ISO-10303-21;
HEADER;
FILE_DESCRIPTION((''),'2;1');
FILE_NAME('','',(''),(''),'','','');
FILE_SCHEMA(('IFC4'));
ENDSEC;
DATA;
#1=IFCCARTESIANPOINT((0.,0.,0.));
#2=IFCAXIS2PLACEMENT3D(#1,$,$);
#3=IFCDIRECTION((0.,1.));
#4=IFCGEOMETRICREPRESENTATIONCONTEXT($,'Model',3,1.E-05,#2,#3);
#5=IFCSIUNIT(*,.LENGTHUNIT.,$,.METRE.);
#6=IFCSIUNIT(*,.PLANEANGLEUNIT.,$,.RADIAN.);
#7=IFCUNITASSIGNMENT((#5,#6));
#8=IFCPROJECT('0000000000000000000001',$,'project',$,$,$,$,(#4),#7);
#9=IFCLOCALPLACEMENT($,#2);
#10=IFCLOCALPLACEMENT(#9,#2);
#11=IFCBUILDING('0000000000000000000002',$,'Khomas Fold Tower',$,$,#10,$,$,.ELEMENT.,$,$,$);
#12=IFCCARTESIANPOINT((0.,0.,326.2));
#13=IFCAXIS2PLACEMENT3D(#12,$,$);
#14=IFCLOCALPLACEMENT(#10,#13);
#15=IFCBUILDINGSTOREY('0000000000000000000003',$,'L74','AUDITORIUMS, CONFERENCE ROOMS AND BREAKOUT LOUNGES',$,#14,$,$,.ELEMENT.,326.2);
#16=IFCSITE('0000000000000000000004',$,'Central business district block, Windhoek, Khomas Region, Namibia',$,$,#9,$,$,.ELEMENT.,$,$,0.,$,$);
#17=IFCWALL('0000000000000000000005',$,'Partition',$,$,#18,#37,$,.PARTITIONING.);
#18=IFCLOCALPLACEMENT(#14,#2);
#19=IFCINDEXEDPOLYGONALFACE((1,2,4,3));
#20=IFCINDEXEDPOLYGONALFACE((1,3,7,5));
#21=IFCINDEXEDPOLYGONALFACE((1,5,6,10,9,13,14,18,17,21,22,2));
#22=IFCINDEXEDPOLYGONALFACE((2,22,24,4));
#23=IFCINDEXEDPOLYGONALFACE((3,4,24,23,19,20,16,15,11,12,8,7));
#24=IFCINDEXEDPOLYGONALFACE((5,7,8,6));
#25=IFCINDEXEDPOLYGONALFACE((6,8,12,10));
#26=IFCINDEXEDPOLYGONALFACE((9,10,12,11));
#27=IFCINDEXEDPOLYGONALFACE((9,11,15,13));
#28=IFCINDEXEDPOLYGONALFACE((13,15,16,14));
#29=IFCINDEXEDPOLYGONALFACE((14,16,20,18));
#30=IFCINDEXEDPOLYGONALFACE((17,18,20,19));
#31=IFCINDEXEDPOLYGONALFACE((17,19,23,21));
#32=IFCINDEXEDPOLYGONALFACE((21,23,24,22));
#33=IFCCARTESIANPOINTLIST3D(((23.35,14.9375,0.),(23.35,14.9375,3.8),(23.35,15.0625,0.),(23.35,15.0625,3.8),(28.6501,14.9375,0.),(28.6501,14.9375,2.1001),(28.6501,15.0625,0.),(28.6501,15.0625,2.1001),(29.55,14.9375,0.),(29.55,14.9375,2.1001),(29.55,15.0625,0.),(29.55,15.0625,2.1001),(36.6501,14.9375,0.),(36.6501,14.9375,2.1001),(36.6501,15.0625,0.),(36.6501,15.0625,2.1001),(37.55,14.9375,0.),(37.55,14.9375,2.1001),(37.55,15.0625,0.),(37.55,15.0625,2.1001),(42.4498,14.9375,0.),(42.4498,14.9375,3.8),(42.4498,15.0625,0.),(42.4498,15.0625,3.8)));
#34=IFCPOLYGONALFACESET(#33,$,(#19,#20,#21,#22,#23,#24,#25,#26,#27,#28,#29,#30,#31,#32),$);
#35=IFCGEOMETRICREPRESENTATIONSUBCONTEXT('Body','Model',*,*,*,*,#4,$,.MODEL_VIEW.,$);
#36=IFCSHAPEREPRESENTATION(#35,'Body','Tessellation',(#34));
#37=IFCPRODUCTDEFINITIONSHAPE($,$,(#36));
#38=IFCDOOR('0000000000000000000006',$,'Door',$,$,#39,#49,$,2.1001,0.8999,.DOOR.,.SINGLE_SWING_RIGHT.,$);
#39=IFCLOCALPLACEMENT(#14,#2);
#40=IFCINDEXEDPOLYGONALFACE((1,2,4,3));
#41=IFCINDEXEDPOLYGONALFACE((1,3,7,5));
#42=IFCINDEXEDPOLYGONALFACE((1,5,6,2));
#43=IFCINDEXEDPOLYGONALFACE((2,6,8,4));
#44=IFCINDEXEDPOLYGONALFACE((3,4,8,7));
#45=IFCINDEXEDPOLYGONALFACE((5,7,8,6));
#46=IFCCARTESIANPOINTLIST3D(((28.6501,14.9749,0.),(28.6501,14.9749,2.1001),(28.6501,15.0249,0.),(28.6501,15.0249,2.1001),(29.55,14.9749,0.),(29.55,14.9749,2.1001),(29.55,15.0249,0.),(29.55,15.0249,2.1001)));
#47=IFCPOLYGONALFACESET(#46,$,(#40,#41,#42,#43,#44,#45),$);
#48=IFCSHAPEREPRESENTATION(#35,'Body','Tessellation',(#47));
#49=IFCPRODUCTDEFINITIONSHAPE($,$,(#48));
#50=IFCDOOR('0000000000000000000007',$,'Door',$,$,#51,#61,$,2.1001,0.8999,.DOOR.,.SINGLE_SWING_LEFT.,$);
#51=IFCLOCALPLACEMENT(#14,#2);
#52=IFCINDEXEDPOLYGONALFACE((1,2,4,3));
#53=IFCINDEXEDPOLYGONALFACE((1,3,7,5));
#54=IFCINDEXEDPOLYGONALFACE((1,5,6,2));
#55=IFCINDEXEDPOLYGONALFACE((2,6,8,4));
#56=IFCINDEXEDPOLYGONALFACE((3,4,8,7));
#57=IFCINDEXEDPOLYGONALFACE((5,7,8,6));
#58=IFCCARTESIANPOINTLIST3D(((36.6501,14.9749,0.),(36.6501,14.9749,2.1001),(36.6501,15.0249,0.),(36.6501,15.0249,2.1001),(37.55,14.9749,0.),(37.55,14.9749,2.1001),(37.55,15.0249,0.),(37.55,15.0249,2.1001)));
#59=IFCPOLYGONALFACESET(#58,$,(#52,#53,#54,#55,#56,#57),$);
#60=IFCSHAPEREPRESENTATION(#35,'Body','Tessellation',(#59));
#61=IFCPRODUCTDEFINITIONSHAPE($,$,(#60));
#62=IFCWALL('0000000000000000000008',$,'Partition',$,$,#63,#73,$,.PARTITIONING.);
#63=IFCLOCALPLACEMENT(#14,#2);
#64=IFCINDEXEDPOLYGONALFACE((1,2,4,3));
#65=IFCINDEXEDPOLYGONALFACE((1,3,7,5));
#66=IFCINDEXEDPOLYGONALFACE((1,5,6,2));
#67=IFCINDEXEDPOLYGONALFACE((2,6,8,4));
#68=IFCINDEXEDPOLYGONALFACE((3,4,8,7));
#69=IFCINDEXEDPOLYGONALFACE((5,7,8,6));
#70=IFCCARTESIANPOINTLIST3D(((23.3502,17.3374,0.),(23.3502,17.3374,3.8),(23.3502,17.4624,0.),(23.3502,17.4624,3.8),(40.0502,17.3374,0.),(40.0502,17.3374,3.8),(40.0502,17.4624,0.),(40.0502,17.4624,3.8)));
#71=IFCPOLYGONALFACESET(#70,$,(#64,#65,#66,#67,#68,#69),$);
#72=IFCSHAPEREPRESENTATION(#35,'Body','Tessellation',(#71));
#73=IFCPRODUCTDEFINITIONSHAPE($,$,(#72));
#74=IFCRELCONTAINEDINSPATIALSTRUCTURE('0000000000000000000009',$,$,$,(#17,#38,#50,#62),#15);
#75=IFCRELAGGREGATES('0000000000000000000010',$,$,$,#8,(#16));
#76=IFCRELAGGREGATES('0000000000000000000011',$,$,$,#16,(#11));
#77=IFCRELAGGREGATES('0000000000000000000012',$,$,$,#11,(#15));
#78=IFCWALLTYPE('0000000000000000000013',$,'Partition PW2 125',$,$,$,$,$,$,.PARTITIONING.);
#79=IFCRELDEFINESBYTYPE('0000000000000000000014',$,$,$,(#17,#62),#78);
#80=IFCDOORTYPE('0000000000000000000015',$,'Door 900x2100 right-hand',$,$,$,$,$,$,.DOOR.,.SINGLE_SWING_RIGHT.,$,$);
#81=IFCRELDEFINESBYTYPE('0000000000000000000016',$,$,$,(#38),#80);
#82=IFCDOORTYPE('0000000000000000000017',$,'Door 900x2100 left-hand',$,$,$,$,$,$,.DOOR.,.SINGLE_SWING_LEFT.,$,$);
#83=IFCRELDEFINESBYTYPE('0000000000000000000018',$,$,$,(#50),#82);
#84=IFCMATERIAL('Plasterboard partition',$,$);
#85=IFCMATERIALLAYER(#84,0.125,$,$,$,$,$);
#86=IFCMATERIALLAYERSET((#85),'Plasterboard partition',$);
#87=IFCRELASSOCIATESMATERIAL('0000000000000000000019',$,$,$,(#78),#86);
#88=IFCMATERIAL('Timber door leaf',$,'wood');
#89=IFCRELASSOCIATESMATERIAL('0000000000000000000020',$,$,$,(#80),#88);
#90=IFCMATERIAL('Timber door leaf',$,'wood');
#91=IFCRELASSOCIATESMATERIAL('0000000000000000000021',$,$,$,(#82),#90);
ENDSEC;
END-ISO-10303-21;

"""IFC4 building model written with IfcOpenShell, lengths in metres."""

from ifc_helpers import new_model, si_unit, direction, frame, frame_2d, origin, place, context, subcontext, project, spatial, rectangle, extrude, source, transform, mapped, material, layer, layer_set, type_object, element, fill, save


model = new_model("IFC4")

# Units and contexts
model_context = context("Model", 3, precision=1e-05, world=origin(), true_north=direction((0.0, 1.0)))
body_context = subcontext(model_context, "Body", "Model", "MODEL_VIEW")
ifc_project = project(units=[si_unit("LENGTHUNIT", "METRE"), si_unit("PLANEANGLEUNIT", "RADIAN")], contexts=[model_context])

# Site, building, storey
site_placement = place(None, origin())
site = spatial("IfcSite", under=ifc_project, at=site_placement, Name="Central business district block, Windhoek, Khomas Region, Namibia", CompositionType="ELEMENT", RefElevation=0.0)
building_placement = place(site_placement, origin())
building = spatial("IfcBuilding", under=site, at=building_placement, Name="Khomas Fold Tower", CompositionType="ELEMENT")
storey_placement = place(building_placement, frame((0.0, 0.0, 326.2)))
storey = spatial("IfcBuildingStorey", under=building, at=storey_placement, Name="L74", Description="AUDITORIUMS, CONFERENCE ROOMS AND BREAKOUT LOUNGES", CompositionType="ELEMENT", Elevation=326.2)

# Shared definitions
ifc_material_1 = material(Name="Plasterboard partition")
ifc_layer_1 = layer(ifc_material_1, 0.125)
ifc_layer_set_1 = layer_set([ifc_layer_1], Name="Plasterboard partition")
wall_type_1 = type_object("IfcWallType", Name="Partition PW2 125", PredefinedType="PARTITIONING", material=ifc_layer_set_1)
shared_shape_1 = source(origin(), body_context, "Body", "SweptSolid", [
    extrude(rectangle(XDim=0.8999, YDim=2.1001, at=frame_2d((0.45, 1.05))), frame((0.0, 0.0725, 0.0), z_axis=(0.0, -1.0, 0.0), x_axis=(1.0, 0.0, 0.0)), (0.0, 0.0, 1.0), 0.145),
])
ifc_material_2 = material(Name="Timber door leaf", Category="wood")
door_type_1 = type_object("IfcDoorType", Name="Door 900x2100 right-hand", OperationType="SINGLE_SWING_RIGHT", PredefinedType="DOOR", material=ifc_material_2)
shared_shape_2 = source(origin(), body_context, "Body", "SweptSolid", [
    extrude(rectangle(XDim=0.8999, YDim=2.1001, at=frame_2d((0.45, 1.05))), frame((0.0, 0.0249, 0.0), z_axis=(0.0, -1.0, 0.0), x_axis=(1.0, 0.0, 0.0)), (0.0, 0.0, 1.0), 0.05),
])

# Wall, openings, doors
shared_shape_3 = source(origin(), body_context, "Body", "SweptSolid", [
    extrude(rectangle(XDim=19.0999, YDim=0.125, at=frame_2d((9.5498, 0.0))), origin(), (0.0, 0.0, 1.0), 3.8),
])
wall_1_placement = place(storey_placement, frame((23.3501, 15.0, 0.0), z_axis=(0.0, 0.0, 1.0), x_axis=(1.0, 0.0, 0.0)))
wall_1 = element("IfcWall", 1, at=wall_1_placement, inside=storey, type_object=wall_type_1, Name="Partition", PredefinedType="PARTITIONING", context=body_context, shape_type="MappedRepresentation", body=[
    mapped(shared_shape_3, transform((0.0, 0.0, 0.0))),
])
opening_1_placement = place(wall_1_placement, frame((5.3, 0.0, 0.0)))
opening_1 = element("IfcOpeningElement", 2, at=opening_1_placement, cuts=wall_1, PredefinedType="OPENING", context=body_context, shape_type="MappedRepresentation", body=[
    mapped(shared_shape_1, transform((0.0, 0.0, 0.0))),
])
opening_2_placement = place(wall_1_placement, frame((13.3, 0.0, 0.0)))
opening_2 = element("IfcOpeningElement", 3, at=opening_2_placement, cuts=wall_1, PredefinedType="OPENING", context=body_context, shape_type="MappedRepresentation", body=[
    mapped(shared_shape_1, transform((0.0, 0.0, 0.0))),
])
door_1_placement = place(opening_1_placement, origin())
door_1 = element("IfcDoor", 4, at=door_1_placement, inside=storey, type_object=door_type_1, Name="Door", OperationType="SINGLE_SWING_RIGHT", OverallHeight=2.1001, OverallWidth=0.8999, PredefinedType="DOOR", context=body_context, shape_type="MappedRepresentation", body=[
    mapped(shared_shape_2, transform((0.0, 0.0, 0.0))),
])
fill(opening_1, door_1)
ifc_material_3 = material(Name="Timber door leaf", Category="wood")
door_type_2 = type_object("IfcDoorType", Name="Door 900x2100 left-hand", OperationType="SINGLE_SWING_LEFT", PredefinedType="DOOR", material=ifc_material_3)
door_2_placement = place(opening_2_placement, origin())
door_2 = element("IfcDoor", 5, at=door_2_placement, inside=storey, type_object=door_type_2, Name="Door", OperationType="SINGLE_SWING_LEFT", OverallHeight=2.1001, OverallWidth=0.8999, PredefinedType="DOOR", context=body_context, shape_type="MappedRepresentation", body=[
    mapped(shared_shape_2, transform((0.0, 0.0, 0.0))),
])
fill(opening_2, door_2)

# Wall
shared_shape_4 = source(origin(), body_context, "Body", "SweptSolid", [
    extrude(rectangle(XDim=16.7, YDim=0.125, at=frame_2d((8.3501, 0.0))), origin(), (0.0, 0.0, 1.0), 3.8),
])
wall_2_placement = place(storey_placement, frame((23.3501, 17.3999, 0.0), z_axis=(0.0, 0.0, 1.0), x_axis=(1.0, 0.0, 0.0)))
element("IfcWall", 6, at=wall_2_placement, inside=storey, type_object=wall_type_1, Name="Partition", PredefinedType="PARTITIONING", context=body_context, shape_type="MappedRepresentation", body=[
    mapped(shared_shape_4, transform((0.0, 0.0, 0.0))),
])

save(model, "model.ifc")
